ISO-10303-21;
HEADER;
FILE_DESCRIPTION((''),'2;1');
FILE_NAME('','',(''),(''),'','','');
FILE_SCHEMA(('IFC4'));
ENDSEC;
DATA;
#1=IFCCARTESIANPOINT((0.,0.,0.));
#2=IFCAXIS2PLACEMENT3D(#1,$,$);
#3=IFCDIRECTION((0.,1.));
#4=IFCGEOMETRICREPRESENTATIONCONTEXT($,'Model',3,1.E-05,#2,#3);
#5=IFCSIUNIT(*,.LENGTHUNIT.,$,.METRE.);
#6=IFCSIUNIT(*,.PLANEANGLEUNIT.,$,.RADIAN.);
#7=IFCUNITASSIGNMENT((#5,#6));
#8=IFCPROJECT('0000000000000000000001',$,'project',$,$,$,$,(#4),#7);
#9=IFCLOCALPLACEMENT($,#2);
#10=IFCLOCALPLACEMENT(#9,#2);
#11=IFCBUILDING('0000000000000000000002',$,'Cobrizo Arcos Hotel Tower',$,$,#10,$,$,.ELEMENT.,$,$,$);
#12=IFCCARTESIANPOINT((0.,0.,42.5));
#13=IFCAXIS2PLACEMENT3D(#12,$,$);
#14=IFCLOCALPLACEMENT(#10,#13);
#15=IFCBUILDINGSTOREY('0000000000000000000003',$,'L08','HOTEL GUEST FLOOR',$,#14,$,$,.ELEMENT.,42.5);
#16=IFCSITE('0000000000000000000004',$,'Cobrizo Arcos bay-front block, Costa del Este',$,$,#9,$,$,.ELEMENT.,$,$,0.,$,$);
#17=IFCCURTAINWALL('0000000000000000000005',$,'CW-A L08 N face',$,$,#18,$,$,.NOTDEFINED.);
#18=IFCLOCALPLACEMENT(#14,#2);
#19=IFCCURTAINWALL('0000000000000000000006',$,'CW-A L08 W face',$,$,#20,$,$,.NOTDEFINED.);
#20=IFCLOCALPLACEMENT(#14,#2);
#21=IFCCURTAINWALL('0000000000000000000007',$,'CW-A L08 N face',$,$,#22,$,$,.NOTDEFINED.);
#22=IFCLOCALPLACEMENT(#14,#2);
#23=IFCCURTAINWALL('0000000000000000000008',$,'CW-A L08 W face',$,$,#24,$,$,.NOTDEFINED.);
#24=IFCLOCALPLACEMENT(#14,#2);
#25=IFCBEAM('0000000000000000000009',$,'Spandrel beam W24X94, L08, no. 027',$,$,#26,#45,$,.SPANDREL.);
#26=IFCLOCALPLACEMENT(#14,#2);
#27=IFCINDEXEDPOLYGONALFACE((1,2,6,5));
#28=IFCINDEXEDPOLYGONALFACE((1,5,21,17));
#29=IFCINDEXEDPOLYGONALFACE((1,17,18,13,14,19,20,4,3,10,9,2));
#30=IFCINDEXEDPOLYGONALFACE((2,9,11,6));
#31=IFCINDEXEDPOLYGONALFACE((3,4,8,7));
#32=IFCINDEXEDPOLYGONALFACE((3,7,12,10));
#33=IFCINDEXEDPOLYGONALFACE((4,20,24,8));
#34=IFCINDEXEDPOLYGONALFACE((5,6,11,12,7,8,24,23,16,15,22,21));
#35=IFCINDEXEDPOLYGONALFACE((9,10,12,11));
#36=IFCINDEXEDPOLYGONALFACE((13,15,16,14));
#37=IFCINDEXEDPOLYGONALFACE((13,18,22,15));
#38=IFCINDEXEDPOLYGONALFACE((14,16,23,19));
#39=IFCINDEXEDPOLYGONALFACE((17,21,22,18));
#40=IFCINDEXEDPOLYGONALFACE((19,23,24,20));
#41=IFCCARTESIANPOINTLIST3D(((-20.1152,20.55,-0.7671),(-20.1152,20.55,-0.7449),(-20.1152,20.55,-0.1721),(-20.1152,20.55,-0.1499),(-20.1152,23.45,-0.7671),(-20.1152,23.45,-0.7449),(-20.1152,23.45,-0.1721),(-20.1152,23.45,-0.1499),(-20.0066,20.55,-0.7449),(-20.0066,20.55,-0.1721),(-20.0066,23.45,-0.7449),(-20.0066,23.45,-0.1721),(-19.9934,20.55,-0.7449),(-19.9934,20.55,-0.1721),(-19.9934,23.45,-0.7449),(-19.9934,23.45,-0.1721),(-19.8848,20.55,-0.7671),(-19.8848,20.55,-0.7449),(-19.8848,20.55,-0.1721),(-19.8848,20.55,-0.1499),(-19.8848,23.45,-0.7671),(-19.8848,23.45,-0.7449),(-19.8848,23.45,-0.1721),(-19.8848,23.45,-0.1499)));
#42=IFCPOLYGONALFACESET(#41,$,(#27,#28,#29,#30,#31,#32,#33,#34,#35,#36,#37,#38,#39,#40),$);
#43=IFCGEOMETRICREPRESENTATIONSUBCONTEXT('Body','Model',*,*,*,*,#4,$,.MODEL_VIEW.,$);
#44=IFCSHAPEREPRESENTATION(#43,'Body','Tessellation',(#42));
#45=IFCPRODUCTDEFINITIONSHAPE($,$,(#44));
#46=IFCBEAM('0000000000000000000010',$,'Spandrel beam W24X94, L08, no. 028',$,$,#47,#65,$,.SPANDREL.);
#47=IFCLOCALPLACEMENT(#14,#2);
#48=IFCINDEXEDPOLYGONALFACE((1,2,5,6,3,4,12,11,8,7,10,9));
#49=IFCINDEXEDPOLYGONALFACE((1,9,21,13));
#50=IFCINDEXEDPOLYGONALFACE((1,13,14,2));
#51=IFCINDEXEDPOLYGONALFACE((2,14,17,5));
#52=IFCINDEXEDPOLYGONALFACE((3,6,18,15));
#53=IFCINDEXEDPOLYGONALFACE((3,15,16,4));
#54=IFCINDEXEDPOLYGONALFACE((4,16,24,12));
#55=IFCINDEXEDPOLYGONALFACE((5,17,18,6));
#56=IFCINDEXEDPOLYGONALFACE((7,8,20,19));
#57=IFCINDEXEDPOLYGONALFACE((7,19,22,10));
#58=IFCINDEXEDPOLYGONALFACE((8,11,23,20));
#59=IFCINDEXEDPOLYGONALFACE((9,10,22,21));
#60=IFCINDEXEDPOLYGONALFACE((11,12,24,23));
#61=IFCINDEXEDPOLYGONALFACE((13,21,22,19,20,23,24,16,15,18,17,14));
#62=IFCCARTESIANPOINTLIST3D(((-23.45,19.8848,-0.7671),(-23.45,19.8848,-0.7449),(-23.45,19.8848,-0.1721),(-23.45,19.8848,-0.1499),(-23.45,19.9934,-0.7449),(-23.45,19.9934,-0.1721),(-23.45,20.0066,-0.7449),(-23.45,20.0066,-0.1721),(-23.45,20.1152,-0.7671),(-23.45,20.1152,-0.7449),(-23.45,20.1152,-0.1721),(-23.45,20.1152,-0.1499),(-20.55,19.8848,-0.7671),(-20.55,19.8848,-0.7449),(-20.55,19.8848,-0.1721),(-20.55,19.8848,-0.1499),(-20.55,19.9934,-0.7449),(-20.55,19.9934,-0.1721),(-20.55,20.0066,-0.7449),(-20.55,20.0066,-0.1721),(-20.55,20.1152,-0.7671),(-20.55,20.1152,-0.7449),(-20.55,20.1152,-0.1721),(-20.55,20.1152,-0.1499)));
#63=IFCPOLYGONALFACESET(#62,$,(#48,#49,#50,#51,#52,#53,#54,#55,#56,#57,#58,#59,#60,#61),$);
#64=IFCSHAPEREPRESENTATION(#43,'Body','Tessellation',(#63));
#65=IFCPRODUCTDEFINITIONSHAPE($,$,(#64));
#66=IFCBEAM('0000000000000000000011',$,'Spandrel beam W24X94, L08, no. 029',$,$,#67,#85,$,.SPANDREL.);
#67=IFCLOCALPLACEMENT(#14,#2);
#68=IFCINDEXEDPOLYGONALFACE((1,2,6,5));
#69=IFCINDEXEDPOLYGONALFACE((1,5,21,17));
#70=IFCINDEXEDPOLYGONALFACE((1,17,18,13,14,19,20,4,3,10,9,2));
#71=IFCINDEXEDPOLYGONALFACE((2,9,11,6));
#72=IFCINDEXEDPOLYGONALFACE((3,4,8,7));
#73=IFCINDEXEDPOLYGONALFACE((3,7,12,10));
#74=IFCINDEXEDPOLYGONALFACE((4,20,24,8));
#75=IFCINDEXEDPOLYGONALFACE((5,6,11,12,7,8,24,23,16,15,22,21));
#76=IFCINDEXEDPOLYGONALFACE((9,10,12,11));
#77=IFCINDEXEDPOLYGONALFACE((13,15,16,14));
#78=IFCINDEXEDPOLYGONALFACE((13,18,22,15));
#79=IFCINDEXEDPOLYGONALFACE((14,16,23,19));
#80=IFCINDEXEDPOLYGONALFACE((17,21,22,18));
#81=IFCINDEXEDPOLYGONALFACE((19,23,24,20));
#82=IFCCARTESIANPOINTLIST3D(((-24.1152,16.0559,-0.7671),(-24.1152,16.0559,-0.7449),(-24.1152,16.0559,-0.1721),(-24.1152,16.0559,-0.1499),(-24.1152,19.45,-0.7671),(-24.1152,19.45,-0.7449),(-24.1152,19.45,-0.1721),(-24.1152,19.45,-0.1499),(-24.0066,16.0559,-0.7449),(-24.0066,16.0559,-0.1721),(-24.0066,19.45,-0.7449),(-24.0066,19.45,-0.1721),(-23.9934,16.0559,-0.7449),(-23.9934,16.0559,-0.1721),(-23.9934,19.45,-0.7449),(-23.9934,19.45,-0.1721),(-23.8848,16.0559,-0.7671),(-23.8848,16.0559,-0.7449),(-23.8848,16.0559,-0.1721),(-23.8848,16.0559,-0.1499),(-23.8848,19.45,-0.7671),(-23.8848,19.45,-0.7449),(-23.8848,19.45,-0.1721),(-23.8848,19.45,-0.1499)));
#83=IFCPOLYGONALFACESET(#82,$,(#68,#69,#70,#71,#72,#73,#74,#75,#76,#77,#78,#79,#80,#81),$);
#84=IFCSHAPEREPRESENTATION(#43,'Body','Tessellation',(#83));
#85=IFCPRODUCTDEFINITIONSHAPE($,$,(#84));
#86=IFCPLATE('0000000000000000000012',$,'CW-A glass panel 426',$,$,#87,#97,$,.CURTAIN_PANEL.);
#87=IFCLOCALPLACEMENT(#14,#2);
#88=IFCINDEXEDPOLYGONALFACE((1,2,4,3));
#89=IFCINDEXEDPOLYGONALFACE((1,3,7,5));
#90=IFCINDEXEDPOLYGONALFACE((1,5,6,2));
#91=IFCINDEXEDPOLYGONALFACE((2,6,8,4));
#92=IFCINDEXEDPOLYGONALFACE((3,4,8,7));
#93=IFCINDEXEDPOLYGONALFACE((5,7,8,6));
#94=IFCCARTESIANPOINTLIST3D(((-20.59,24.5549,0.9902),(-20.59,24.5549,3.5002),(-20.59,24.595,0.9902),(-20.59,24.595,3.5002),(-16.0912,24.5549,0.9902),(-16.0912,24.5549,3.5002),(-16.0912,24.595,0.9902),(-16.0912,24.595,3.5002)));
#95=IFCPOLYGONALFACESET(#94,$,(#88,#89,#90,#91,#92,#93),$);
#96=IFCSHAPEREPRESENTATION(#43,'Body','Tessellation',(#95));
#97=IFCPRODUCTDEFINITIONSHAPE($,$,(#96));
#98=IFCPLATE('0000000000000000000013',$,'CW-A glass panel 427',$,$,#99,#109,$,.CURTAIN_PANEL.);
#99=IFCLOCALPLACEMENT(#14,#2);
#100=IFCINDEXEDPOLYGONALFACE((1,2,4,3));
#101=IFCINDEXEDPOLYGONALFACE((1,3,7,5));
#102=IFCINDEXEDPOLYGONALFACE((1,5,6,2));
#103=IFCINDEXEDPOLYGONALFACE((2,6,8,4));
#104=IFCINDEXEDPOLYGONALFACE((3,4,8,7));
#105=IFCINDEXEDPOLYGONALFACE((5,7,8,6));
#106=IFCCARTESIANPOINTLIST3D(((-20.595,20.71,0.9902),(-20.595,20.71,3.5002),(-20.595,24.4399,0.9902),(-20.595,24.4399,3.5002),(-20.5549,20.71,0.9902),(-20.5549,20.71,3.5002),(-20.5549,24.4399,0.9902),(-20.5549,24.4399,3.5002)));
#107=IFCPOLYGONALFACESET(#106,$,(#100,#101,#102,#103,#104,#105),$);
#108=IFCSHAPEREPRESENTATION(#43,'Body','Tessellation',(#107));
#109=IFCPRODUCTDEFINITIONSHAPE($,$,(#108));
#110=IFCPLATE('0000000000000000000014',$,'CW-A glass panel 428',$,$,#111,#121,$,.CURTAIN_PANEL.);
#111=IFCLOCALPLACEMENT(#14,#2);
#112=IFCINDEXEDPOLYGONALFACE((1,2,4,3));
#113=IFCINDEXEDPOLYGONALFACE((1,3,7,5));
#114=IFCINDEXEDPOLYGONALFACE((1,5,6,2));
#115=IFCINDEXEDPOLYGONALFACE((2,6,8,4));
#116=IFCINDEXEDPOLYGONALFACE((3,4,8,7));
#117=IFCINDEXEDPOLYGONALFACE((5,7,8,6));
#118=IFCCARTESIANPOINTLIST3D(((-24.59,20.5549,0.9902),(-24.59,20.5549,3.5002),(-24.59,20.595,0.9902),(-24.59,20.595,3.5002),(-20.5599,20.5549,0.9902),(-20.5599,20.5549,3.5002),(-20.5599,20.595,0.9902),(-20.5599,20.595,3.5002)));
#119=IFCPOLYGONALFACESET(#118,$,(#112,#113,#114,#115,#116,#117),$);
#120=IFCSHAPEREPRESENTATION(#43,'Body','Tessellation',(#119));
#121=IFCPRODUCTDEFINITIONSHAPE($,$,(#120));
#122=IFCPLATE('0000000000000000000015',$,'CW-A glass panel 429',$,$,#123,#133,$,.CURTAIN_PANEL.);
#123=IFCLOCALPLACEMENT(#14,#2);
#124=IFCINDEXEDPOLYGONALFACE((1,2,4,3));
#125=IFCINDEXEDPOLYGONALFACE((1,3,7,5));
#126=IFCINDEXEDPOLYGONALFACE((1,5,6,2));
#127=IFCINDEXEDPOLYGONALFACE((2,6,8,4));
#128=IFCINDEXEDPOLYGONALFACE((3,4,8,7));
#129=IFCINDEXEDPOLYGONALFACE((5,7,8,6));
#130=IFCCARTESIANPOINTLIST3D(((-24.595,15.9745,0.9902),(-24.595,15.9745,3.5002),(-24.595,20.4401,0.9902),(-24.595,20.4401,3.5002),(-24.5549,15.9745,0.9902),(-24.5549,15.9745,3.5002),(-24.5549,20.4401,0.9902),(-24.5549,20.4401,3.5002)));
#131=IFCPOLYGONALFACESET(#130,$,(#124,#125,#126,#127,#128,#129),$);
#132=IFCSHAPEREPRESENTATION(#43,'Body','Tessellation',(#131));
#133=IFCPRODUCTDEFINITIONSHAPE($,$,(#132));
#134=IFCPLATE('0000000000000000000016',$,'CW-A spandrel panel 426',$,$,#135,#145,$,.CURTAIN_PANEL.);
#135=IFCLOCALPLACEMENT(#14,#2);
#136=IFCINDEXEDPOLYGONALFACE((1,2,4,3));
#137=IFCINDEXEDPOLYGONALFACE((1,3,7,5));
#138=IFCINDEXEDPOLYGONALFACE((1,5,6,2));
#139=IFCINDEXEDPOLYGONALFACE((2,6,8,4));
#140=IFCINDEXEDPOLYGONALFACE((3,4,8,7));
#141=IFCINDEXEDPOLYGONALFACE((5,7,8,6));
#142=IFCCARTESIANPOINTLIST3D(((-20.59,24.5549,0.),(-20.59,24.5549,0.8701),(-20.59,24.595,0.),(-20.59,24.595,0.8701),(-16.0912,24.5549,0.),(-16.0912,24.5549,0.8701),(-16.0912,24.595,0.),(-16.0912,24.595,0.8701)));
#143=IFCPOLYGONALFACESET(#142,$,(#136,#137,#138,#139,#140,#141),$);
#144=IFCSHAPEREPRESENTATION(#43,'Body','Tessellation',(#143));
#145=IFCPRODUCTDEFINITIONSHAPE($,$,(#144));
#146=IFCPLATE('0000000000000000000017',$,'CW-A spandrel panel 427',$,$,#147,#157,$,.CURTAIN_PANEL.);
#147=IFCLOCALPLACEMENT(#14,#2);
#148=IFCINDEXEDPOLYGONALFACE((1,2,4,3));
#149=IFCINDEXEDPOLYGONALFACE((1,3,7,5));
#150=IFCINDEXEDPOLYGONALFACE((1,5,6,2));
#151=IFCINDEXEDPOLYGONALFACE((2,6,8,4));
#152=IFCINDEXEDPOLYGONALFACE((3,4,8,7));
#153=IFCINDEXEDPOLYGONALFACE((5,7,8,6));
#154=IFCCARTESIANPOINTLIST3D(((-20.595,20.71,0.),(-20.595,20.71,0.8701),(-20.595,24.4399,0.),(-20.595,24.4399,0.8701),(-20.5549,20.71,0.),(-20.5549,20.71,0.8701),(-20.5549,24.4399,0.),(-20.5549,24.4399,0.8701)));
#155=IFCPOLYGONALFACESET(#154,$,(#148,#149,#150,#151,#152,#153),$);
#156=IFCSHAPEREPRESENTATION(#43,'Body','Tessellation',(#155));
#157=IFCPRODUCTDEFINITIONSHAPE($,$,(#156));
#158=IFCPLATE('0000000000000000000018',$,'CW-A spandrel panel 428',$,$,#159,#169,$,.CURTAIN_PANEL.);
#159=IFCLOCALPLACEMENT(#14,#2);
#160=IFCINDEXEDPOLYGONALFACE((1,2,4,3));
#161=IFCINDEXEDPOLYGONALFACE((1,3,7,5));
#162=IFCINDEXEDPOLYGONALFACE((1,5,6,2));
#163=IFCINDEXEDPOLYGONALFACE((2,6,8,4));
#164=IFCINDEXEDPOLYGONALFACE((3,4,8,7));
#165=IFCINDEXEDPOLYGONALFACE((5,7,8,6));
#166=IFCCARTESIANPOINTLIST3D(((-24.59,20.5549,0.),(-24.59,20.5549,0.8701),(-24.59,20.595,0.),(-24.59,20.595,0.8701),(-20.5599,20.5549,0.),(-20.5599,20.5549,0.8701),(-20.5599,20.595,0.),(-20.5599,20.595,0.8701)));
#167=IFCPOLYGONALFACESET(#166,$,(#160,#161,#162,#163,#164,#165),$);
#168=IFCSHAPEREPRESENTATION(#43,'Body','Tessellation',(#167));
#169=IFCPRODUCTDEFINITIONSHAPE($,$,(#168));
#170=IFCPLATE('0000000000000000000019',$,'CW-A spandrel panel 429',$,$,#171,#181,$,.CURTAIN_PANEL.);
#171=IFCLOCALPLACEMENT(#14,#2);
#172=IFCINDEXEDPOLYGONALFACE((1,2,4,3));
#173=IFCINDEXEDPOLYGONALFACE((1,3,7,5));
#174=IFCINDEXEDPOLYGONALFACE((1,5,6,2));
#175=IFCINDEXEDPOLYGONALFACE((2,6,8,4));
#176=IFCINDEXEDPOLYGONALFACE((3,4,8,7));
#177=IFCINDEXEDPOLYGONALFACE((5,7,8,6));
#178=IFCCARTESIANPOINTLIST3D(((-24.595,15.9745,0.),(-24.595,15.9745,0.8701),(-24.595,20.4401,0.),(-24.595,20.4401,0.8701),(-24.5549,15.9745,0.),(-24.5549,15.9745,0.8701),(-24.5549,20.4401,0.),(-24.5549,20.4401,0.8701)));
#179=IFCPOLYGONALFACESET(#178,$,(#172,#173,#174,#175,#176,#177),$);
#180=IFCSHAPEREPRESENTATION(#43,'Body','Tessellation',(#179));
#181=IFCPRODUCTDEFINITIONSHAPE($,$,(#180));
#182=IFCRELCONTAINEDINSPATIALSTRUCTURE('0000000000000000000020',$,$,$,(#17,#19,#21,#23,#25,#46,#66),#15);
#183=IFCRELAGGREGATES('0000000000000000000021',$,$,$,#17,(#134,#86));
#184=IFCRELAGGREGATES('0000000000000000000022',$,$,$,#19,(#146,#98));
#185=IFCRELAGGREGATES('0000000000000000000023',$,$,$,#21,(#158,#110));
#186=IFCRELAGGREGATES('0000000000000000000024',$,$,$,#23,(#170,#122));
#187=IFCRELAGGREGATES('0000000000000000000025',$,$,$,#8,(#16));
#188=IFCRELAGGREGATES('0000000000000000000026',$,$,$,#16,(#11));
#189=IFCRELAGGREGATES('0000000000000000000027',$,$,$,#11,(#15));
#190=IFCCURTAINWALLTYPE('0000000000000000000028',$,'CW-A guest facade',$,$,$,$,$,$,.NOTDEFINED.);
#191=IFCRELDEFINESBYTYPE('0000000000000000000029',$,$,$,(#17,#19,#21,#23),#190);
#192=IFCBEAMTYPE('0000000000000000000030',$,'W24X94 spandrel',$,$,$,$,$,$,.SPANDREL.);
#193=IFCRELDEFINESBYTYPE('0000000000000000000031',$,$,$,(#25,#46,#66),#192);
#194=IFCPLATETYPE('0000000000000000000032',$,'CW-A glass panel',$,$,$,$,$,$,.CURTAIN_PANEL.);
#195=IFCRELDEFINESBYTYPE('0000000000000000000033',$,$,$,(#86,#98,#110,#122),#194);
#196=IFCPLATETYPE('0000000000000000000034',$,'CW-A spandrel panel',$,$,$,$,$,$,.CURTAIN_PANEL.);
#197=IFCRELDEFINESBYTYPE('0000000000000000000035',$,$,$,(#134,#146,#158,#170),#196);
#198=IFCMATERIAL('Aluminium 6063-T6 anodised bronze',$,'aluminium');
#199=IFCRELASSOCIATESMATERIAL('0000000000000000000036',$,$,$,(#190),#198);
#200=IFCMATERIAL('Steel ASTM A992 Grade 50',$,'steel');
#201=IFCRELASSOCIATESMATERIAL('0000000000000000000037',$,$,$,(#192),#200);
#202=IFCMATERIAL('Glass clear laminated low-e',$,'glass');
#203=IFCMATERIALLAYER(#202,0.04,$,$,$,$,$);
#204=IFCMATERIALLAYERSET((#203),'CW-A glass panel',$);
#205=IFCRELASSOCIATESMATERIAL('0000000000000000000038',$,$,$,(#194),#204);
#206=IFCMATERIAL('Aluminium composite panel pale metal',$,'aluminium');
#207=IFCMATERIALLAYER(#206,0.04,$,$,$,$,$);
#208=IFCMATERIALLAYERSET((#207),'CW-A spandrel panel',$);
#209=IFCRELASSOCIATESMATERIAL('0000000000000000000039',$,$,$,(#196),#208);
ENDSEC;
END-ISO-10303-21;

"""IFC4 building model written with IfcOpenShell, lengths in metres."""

from ifc_helpers import new_model, si_unit, direction, frame, origin, origin_2d, place, context, subcontext, project, spatial, rectangle, i_section, extrude, material, layer, layer_set, material_profile, profile_set, type_object, element, aggregate, save


model = new_model("IFC4")

# Units and contexts
model_context = context("Model", 3, precision=1e-05, world=origin(), true_north=direction((0.0, 1.0)))
body_context = subcontext(model_context, "Body", "Model", "MODEL_VIEW")
ifc_project = project(units=[si_unit("LENGTHUNIT", "METRE"), si_unit("PLANEANGLEUNIT", "RADIAN")], contexts=[model_context])

# Site, building, storey
site_placement = place(None, origin())
site = spatial("IfcSite", under=ifc_project, at=site_placement, Name="Cobrizo Arcos bay-front block, Costa del Este", CompositionType="ELEMENT", RefElevation=0.0)
building_placement = place(site_placement, origin())
building = spatial("IfcBuilding", under=site, at=building_placement, Name="Cobrizo Arcos Hotel Tower", CompositionType="ELEMENT")
storey_placement = place(building_placement, frame((0.0, 0.0, 42.5)))
storey = spatial("IfcBuildingStorey", under=building, at=storey_placement, Name="L08", Description="HOTEL GUEST FLOOR", CompositionType="ELEMENT", Elevation=42.5)

# Curtain wall
ifc_material_1 = material(Name="Aluminium 6063-T6 anodised bronze", Category="aluminium")
curtain_wall_type = type_object("IfcCurtainWallType", Name="CW-A guest facade", PredefinedType="NOTDEFINED", material=ifc_material_1)
curtain_wall_1_placement = place(storey_placement, origin())
curtain_wall_1 = element("IfcCurtainWall", 1, at=curtain_wall_1_placement, inside=storey, type_object=curtain_wall_type, Name="CW-A L08 N face", PredefinedType="NOTDEFINED")

# Curtain walls
curtain_wall_2_placement = place(storey_placement, origin())
curtain_wall_2 = element("IfcCurtainWall", 2, at=curtain_wall_2_placement, inside=storey, type_object=curtain_wall_type, Name="CW-A L08 W face", PredefinedType="NOTDEFINED")
curtain_wall_3_placement = place(storey_placement, origin())
curtain_wall_3 = element("IfcCurtainWall", 3, at=curtain_wall_3_placement, inside=storey, type_object=curtain_wall_type, Name="CW-A L08 N face", PredefinedType="NOTDEFINED")
curtain_wall_4_placement = place(storey_placement, origin())
curtain_wall_4 = element("IfcCurtainWall", 4, at=curtain_wall_4_placement, inside=storey, type_object=curtain_wall_type, Name="CW-A L08 W face", PredefinedType="NOTDEFINED")

# Beams
ifc_material_2 = material(Name="Steel ASTM A992 Grade 50", Category="steel")
ifc_material_profile_1 = material_profile(ifc_material_2, i_section(OverallWidth=0.2305, OverallDepth=0.6172, WebThickness=0.0132, FlangeThickness=0.0222, at=origin_2d()), Name="W24X94")
ifc_profile_set_1 = profile_set([ifc_material_profile_1], Name="Steel ASTM A992 Grade 50")
beam_type = type_object("IfcBeamType", Name="W24X94 spandrel", PredefinedType="SPANDREL", material=ifc_profile_set_1)
for number, where, z_axis, x_axis, name in (
    (5, (-20.0, 23.45, -0.4585), (0.0, -1.0, 0.0), (1.0, 0.0, 0.0), "Spandrel beam W24X94, L08, no. 027"),
    (6, (-20.55, 20.0, -0.4585), (-1.0, 0.0, 0.0), (0.0, -1.0, 0.0), "Spandrel beam W24X94, L08, no. 028"),
):
    element("IfcBeam", number, at=place(storey_placement, frame(where, z_axis=z_axis, x_axis=x_axis)), inside=storey, type_object=beam_type, Name=name, PredefinedType="SPANDREL", context=body_context, shape_type="SweptSolid", body=[
        extrude(i_section(OverallWidth=0.2305, OverallDepth=0.6172, WebThickness=0.0132, FlangeThickness=0.0222, at=origin_2d()), origin(), (0.0, 0.0, 1.0), 2.8999),
    ])
beam_placement = place(storey_placement, frame((-24.0, 19.45, -0.4585), z_axis=(0.0, -1.0, 0.0), x_axis=(1.0, 0.0, 0.0)))
element("IfcBeam", 7, at=beam_placement, inside=storey, type_object=beam_type, Name="Spandrel beam W24X94, L08, no. 029", PredefinedType="SPANDREL", context=body_context, shape_type="SweptSolid", body=[
    extrude(i_section(OverallWidth=0.2305, OverallDepth=0.6172, WebThickness=0.0132, FlangeThickness=0.0222, at=origin_2d()), origin(), (0.0, 0.0, 1.0), 3.394),
])

# Plates
ifc_material_3 = material(Name="Glass clear laminated low-e", Category="glass")
ifc_layer_1 = layer(ifc_material_3, 0.04)
ifc_layer_set_1 = layer_set([ifc_layer_1], Name="CW-A glass panel")
plate_type_1 = type_object("IfcPlateType", Name="CW-A glass panel", PredefinedType="CURTAIN_PANEL", material=ifc_layer_set_1)
plate_1_placement = place(storey_placement, frame((-18.3406, 24.575, 0.9902), z_axis=(0.0, 0.0, 1.0), x_axis=(-1.0, 0.0, 0.0)))
plate_1 = element("IfcPlate", 8, at=plate_1_placement, type_object=plate_type_1, Name="CW-A glass panel 426", PredefinedType="CURTAIN_PANEL", context=body_context, shape_type="SweptSolid", body=[
    extrude(rectangle(XDim=4.4988, YDim=0.04, at=origin_2d()), origin(), (0.0, 0.0, 1.0), 2.51),
])
plate_2_placement = place(storey_placement, frame((-20.575, 22.575, 0.9902), z_axis=(0.0, 0.0, 1.0), x_axis=(0.0, -1.0, 0.0)))
plate_2 = element("IfcPlate", 9, at=plate_2_placement, type_object=plate_type_1, Name="CW-A glass panel 427", PredefinedType="CURTAIN_PANEL", context=body_context, shape_type="SweptSolid", body=[
    extrude(rectangle(XDim=3.73, YDim=0.04, at=origin_2d()), origin(), (0.0, 0.0, 1.0), 2.51),
])
plate_3_placement = place(storey_placement, frame((-22.575, 20.575, 0.9902), z_axis=(0.0, 0.0, 1.0), x_axis=(-1.0, 0.0, 0.0)))
plate_3 = element("IfcPlate", 10, at=plate_3_placement, type_object=plate_type_1, Name="CW-A glass panel 428", PredefinedType="CURTAIN_PANEL", context=body_context, shape_type="SweptSolid", body=[
    extrude(rectangle(XDim=4.03, YDim=0.04, at=origin_2d()), origin(), (0.0, 0.0, 1.0), 2.51),
])
plate_4_placement = place(storey_placement, frame((-24.575, 18.2073, 0.9902), z_axis=(0.0, 0.0, 1.0), x_axis=(0.0, -1.0, 0.0)))
plate_4 = element("IfcPlate", 11, at=plate_4_placement, type_object=plate_type_1, Name="CW-A glass panel 429", PredefinedType="CURTAIN_PANEL", context=body_context, shape_type="SweptSolid", body=[
    extrude(rectangle(XDim=4.4656, YDim=0.04, at=origin_2d()), origin(), (0.0, 0.0, 1.0), 2.51),
])
ifc_material_4 = material(Name="Aluminium composite panel pale metal", Category="aluminium")
ifc_layer_2 = layer(ifc_material_4, 0.04)
ifc_layer_set_2 = layer_set([ifc_layer_2], Name="CW-A spandrel panel")
plate_type_2 = type_object("IfcPlateType", Name="CW-A spandrel panel", PredefinedType="CURTAIN_PANEL", material=ifc_layer_set_2)
plate_5_placement = place(storey_placement, frame((-18.3406, 24.575, 0.0), z_axis=(0.0, 0.0, 1.0), x_axis=(-1.0, 0.0, 0.0)))
plate_5 = element("IfcPlate", 12, at=plate_5_placement, type_object=plate_type_2, Name="CW-A spandrel panel 426", PredefinedType="CURTAIN_PANEL", context=body_context, shape_type="SweptSolid", body=[
    extrude(rectangle(XDim=4.4988, YDim=0.04, at=origin_2d()), origin(), (0.0, 0.0, 1.0), 0.8701),
])
aggregate(curtain_wall_1, [plate_5, plate_1])
plate_6_placement = place(storey_placement, frame((-20.575, 22.575, 0.0), z_axis=(0.0, 0.0, 1.0), x_axis=(0.0, -1.0, 0.0)))
plate_6 = element("IfcPlate", 13, at=plate_6_placement, type_object=plate_type_2, Name="CW-A spandrel panel 427", PredefinedType="CURTAIN_PANEL", context=body_context, shape_type="SweptSolid", body=[
    extrude(rectangle(XDim=3.73, YDim=0.04, at=origin_2d()), origin(), (0.0, 0.0, 1.0), 0.8701),
])
aggregate(curtain_wall_2, [plate_6, plate_2])
plate_7_placement = place(storey_placement, frame((-22.575, 20.575, 0.0), z_axis=(0.0, 0.0, 1.0), x_axis=(-1.0, 0.0, 0.0)))
plate_7 = element("IfcPlate", 14, at=plate_7_placement, type_object=plate_type_2, Name="CW-A spandrel panel 428", PredefinedType="CURTAIN_PANEL", context=body_context, shape_type="SweptSolid", body=[
    extrude(rectangle(XDim=4.03, YDim=0.04, at=origin_2d()), origin(), (0.0, 0.0, 1.0), 0.8701),
])
aggregate(curtain_wall_3, [plate_7, plate_3])
plate_8_placement = place(storey_placement, frame((-24.575, 18.2073, 0.0), z_axis=(0.0, 0.0, 1.0), x_axis=(0.0, -1.0, 0.0)))
plate_8 = element("IfcPlate", 15, at=plate_8_placement, type_object=plate_type_2, Name="CW-A spandrel panel 429", PredefinedType="CURTAIN_PANEL", context=body_context, shape_type="SweptSolid", body=[
    extrude(rectangle(XDim=4.4656, YDim=0.04, at=origin_2d()), origin(), (0.0, 0.0, 1.0), 0.8701),
])
aggregate(curtain_wall_4, [plate_8, plate_4])

save(model, "model.ifc")
